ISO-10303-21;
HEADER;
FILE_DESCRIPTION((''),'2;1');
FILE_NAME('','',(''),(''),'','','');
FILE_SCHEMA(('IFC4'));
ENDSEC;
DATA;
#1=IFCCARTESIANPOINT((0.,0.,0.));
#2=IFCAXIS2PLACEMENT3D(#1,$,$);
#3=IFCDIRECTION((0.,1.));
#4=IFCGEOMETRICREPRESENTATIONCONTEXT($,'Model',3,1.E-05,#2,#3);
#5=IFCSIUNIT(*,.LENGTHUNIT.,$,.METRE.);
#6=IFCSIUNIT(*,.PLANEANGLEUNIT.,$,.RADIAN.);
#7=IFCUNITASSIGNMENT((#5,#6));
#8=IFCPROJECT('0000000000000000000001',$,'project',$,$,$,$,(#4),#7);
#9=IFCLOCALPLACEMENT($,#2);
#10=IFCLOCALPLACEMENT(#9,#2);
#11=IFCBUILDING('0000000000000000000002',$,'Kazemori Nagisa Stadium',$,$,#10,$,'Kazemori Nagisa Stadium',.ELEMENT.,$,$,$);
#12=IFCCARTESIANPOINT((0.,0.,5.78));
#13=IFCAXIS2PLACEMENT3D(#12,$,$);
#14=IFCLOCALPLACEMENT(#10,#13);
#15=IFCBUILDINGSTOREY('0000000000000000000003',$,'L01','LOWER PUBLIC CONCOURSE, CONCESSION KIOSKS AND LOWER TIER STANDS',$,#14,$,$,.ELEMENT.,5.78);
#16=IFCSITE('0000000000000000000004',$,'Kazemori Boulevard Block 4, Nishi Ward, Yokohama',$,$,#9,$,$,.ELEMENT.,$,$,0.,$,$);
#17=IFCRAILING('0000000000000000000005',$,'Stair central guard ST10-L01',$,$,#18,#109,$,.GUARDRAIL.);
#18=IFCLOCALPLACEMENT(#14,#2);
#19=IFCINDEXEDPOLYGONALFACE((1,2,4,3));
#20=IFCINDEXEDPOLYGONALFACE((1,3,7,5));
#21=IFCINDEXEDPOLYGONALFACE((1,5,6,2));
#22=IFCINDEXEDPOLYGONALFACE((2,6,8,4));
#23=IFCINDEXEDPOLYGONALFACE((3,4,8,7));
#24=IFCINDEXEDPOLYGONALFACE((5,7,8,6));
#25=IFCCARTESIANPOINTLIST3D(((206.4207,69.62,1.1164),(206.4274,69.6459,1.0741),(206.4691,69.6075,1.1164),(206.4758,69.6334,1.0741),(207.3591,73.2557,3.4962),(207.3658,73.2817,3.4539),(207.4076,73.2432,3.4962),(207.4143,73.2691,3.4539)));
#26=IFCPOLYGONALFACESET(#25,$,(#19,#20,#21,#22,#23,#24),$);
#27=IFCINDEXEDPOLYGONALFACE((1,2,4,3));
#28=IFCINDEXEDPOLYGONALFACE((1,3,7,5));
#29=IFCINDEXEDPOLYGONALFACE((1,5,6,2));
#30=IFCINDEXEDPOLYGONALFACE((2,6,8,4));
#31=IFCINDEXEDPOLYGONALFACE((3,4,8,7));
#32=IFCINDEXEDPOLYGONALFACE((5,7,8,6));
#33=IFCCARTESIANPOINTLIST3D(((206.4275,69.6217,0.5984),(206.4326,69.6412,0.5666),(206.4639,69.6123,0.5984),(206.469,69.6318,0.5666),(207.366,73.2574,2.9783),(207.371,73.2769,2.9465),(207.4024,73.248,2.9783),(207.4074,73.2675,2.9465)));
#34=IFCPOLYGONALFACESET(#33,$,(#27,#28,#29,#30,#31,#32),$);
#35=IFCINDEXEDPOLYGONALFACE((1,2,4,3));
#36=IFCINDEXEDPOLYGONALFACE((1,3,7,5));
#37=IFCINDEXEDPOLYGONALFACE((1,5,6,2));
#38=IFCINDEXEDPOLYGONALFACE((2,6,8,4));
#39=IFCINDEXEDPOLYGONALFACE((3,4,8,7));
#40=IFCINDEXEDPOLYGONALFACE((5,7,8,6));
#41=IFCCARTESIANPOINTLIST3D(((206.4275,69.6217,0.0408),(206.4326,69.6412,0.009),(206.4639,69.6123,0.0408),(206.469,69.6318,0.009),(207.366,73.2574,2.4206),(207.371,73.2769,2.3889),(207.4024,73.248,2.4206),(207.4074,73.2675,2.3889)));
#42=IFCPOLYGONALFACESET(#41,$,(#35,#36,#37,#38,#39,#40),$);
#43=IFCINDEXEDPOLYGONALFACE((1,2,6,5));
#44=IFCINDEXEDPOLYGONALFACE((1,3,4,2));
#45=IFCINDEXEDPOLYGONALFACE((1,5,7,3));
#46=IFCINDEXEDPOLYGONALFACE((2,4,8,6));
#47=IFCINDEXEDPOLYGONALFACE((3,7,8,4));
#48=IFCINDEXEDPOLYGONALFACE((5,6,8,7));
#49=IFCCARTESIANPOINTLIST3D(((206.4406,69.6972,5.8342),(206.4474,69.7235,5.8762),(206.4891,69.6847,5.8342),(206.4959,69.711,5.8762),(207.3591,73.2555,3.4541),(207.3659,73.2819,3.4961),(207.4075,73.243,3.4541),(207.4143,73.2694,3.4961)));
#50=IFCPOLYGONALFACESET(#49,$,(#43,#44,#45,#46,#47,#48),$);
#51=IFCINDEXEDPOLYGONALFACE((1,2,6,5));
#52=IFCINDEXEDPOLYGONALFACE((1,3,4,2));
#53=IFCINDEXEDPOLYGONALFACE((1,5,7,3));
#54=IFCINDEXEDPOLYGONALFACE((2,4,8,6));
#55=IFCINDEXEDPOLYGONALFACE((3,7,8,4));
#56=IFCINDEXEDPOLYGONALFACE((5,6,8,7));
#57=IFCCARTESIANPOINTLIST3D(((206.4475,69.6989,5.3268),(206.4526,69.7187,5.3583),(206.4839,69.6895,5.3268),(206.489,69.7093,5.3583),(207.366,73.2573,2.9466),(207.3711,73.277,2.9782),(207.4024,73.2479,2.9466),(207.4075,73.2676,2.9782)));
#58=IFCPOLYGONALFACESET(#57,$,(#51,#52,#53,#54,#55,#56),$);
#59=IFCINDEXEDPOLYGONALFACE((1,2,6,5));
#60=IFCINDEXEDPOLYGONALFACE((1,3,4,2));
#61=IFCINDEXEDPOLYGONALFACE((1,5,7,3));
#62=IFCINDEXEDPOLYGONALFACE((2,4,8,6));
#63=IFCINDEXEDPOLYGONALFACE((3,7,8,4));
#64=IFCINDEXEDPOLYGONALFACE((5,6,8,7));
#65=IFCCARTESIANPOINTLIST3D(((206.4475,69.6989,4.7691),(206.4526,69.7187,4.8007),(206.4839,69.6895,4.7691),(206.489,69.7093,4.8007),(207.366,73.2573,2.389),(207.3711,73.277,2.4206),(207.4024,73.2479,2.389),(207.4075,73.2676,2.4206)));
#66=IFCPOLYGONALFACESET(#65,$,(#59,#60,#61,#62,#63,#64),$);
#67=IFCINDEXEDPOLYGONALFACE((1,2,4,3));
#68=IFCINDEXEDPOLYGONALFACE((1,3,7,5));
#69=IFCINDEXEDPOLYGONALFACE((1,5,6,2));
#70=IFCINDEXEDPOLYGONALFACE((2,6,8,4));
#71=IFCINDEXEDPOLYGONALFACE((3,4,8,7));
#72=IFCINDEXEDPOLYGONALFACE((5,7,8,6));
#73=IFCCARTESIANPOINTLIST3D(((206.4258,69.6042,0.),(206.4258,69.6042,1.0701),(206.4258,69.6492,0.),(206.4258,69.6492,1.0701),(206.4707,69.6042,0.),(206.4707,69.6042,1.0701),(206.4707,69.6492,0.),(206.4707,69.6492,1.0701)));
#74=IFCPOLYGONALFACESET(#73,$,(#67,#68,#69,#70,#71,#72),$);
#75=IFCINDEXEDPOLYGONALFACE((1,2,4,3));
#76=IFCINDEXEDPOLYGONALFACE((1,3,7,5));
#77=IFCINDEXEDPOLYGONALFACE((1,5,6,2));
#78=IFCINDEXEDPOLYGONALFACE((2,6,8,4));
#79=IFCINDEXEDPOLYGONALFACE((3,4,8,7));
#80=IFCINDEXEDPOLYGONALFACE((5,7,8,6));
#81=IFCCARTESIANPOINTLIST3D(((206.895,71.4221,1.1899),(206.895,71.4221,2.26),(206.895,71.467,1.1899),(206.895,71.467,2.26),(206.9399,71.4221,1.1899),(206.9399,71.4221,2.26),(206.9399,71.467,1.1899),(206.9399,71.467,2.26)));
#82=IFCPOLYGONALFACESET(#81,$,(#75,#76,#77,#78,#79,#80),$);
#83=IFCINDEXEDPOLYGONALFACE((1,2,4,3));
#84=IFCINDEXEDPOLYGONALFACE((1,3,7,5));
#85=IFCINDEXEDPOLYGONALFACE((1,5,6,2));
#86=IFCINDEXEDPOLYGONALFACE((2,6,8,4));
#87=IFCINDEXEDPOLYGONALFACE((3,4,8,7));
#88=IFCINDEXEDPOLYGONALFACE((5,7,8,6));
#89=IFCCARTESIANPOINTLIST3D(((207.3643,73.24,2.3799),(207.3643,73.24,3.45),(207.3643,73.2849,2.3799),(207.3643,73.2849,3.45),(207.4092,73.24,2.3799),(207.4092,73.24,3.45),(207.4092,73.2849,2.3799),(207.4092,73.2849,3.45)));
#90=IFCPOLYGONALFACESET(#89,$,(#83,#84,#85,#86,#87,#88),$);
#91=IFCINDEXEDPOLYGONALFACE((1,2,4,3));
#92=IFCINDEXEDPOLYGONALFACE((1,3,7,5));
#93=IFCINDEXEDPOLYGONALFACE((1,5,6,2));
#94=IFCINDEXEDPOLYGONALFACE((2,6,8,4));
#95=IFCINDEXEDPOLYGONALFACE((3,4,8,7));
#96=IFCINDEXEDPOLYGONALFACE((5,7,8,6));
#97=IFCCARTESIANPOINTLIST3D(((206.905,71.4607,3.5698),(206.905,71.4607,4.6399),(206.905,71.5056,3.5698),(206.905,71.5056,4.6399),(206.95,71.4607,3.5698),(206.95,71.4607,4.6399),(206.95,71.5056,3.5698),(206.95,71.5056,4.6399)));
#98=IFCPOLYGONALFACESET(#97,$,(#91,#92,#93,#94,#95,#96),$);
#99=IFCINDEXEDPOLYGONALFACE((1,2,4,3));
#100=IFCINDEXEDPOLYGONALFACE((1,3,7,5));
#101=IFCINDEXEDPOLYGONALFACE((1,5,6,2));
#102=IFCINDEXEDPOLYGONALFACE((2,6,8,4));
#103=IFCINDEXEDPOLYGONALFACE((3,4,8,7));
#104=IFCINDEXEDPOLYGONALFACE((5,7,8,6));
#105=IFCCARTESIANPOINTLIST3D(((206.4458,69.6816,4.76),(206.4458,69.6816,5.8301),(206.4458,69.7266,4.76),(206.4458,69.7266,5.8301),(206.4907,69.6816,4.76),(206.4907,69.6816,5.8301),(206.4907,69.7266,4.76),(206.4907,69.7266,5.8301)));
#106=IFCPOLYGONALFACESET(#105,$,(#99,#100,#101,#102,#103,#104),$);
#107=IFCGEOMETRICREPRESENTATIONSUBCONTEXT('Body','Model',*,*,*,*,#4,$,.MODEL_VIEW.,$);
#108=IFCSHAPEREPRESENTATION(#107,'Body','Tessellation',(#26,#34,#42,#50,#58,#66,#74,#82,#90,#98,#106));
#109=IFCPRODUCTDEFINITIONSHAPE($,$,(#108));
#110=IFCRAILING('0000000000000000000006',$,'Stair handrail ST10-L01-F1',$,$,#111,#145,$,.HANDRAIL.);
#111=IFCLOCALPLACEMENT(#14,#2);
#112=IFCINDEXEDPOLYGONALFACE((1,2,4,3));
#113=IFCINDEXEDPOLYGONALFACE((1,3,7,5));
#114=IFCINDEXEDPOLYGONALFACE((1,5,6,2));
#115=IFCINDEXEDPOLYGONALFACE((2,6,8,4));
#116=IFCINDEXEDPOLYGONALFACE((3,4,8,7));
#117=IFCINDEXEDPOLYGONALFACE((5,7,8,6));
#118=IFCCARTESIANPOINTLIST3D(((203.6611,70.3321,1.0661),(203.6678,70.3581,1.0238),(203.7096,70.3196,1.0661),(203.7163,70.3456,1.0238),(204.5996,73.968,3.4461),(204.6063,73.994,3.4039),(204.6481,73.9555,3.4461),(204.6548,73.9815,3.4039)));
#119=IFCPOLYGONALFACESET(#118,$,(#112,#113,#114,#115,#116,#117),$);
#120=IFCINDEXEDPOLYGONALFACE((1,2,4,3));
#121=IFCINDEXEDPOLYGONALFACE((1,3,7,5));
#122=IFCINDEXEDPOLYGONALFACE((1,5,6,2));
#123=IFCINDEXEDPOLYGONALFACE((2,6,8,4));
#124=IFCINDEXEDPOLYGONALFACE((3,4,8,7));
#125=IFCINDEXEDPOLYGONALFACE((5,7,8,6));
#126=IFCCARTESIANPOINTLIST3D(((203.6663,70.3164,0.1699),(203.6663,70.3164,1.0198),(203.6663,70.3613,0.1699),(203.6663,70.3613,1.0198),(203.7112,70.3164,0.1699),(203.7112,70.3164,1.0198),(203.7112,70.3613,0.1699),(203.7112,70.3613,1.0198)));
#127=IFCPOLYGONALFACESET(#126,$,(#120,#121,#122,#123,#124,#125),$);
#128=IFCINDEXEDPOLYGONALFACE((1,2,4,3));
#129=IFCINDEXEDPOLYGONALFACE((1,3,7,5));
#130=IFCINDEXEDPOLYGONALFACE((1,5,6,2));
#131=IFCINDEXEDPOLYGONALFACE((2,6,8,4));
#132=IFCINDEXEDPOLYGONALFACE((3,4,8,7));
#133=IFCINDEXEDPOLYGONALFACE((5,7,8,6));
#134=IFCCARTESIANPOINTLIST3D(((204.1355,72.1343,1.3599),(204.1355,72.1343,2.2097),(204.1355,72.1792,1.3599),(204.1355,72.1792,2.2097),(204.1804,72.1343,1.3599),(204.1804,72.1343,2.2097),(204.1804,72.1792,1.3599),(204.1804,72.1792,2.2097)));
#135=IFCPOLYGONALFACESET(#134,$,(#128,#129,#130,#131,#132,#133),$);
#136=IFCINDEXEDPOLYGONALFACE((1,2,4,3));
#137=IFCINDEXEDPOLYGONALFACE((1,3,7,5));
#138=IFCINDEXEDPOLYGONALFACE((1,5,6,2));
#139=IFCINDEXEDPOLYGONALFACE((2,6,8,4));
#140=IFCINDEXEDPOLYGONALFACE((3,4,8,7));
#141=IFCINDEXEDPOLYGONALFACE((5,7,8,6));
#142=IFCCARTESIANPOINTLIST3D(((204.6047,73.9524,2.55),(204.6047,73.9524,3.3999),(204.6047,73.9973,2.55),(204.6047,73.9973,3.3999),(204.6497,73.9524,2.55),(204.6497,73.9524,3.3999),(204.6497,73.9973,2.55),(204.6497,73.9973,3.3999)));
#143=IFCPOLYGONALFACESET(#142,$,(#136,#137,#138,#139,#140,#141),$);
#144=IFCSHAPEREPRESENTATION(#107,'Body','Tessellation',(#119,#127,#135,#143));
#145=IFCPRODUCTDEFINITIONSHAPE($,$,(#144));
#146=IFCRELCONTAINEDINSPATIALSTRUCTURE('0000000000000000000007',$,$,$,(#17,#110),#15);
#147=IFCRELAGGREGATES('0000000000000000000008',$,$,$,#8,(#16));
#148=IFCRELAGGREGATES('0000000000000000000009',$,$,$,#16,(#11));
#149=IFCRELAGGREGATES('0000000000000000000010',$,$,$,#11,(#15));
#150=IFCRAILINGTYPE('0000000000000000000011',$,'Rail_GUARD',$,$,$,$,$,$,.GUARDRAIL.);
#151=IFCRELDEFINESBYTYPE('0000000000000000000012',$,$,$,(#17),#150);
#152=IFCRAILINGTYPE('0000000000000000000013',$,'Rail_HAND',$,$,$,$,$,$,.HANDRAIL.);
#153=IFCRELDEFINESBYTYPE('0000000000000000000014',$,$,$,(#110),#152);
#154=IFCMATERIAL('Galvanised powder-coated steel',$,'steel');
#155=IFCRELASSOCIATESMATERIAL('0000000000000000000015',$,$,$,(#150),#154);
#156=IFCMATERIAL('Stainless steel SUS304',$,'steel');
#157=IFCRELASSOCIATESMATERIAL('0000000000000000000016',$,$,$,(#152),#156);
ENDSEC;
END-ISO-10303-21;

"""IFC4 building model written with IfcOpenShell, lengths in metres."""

from ifc_helpers import new_model, si_unit, direction, frame, origin, origin_2d, place, context, subcontext, project, spatial, rectangle, extrude, material, type_object, element, save


model = new_model("IFC4")

# Units and contexts
model_context = context("Model", 3, precision=1e-05, world=origin(), true_north=direction((0.0, 1.0)))
body_context = subcontext(model_context, "Body", "Model", "MODEL_VIEW")
ifc_project = project(units=[si_unit("LENGTHUNIT", "METRE"), si_unit("PLANEANGLEUNIT", "RADIAN")], contexts=[model_context])

# Site, building, storey
site_placement = place(None, origin())
site = spatial("IfcSite", under=ifc_project, at=site_placement, Name="Kazemori Boulevard Block 4, Nishi Ward, Yokohama", CompositionType="ELEMENT", RefElevation=0.0)
building_placement = place(site_placement, origin())
building = spatial("IfcBuilding", under=site, at=building_placement, Name="Kazemori Nagisa Stadium", LongName="Kazemori Nagisa Stadium", CompositionType="ELEMENT")
storey_placement = place(building_placement, frame((0.0, 0.0, 5.78)))
storey = spatial("IfcBuildingStorey", under=building, at=storey_placement, Name="L01", Description="LOWER PUBLIC CONCOURSE, CONCESSION KIOSKS AND LOWER TIER STANDS", CompositionType="ELEMENT", Elevation=5.78)

# Railings
ifc_material_1 = material(Name="Galvanised powder-coated steel", Category="steel")
railing_type_1 = type_object("IfcRailingType", Name="Rail_GUARD", PredefinedType="GUARDRAIL", material=ifc_material_1)
railing_1_placement = place(storey_placement, frame((206.4482, 69.6267, 0.0)))
element("IfcRailing", 1, at=railing_1_placement, inside=storey, type_object=railing_type_1, Name="Stair central guard ST10-L01", PredefinedType="GUARDRAIL", context=body_context, shape_type="SweptSolid", body=[
    extrude(rectangle(XDim=0.05, YDim=0.05, at=origin_2d()), frame((0.0, 0.0, 1.0952), z_axis=(0.211103, 0.817833, 0.535337), x_axis=(-0.968263, 0.249933, 0.0)), (0.0, 0.0, 1.0), 4.4456),
    extrude(rectangle(XDim=0.0376, YDim=0.0376, at=origin_2d()), frame((0.0, 0.0, 0.5825), z_axis=(0.211103, 0.817833, 0.535337), x_axis=(-0.968263, 0.249933, 0.0)), (0.0, 0.0, 1.0), 4.4456),
    extrude(rectangle(XDim=0.0376, YDim=0.0376, at=origin_2d()), frame((0.0, 0.0, 0.0249), z_axis=(0.211103, 0.817833, 0.535337), x_axis=(-0.968263, 0.249933, 0.0)), (0.0, 0.0, 1.0), 4.4456),
    extrude(rectangle(XDim=0.05, YDim=0.05, at=origin_2d()), frame((0.9385, 3.6357, 3.4751), z_axis=(-0.20977, -0.812705, 0.543606), x_axis=(0.968266, -0.249922, 0.0)), (0.0, 0.0, 1.0), 4.3784),
    extrude(rectangle(XDim=0.0376, YDim=0.0376, at=origin_2d()), frame((0.9385, 3.6357, 2.9624), z_axis=(-0.20977, -0.812705, 0.543606), x_axis=(0.968266, -0.249922, 0.0)), (0.0, 0.0, 1.0), 4.3784),
    extrude(rectangle(XDim=0.0376, YDim=0.0376, at=origin_2d()), frame((0.9385, 3.6357, 2.4048), z_axis=(-0.20977, -0.812705, 0.543606), x_axis=(0.968266, -0.249922, 0.0)), (0.0, 0.0, 1.0), 4.3784),
    extrude(rectangle(XDim=0.0449, YDim=0.0449, at=origin_2d()), origin(), (0.0, 0.0, 1.0), 1.0701),
    extrude(rectangle(XDim=0.0449, YDim=0.0449, at=origin_2d()), frame((0.4692, 1.8179, 1.1899)), (0.0, 0.0, 1.0), 1.0701),
    extrude(rectangle(XDim=0.0449, YDim=0.0449, at=origin_2d()), frame((0.9385, 3.6357, 2.3799)), (0.0, 0.0, 1.0), 1.0701),
    extrude(rectangle(XDim=0.0449, YDim=0.0449, at=origin_2d()), frame((0.4792, 1.8564, 3.5698)), (0.0, 0.0, 1.0), 1.0701),
    extrude(rectangle(XDim=0.0449, YDim=0.0449, at=origin_2d()), frame((0.02, 0.0774, 4.76)), (0.0, 0.0, 1.0), 1.0701),
])
ifc_material_2 = material(Name="Stainless steel SUS304", Category="steel")
railing_type_2 = type_object("IfcRailingType", Name="Rail_HAND", PredefinedType="HANDRAIL", material=ifc_material_2)
railing_2_placement = place(storey_placement, frame((203.6887, 70.3389, 0.1699)))
element("IfcRailing", 2, at=railing_2_placement, inside=storey, type_object=railing_type_2, Name="Stair handrail ST10-L01-F1", PredefinedType="HANDRAIL", context=body_context, shape_type="SweptSolid", body=[
    extrude(rectangle(XDim=0.05, YDim=0.05, at=origin_2d()), frame((0.0, 0.0, 0.875), z_axis=(0.211087, 0.817827, 0.535352), x_axis=(-0.968267, 0.249917, 0.0)), (0.0, 0.0, 1.0), 4.4458),
    extrude(rectangle(XDim=0.0449, YDim=0.0449, at=origin_2d()), origin(), (0.0, 0.0, 1.0), 0.8499),
    extrude(rectangle(XDim=0.0449, YDim=0.0449, at=origin_2d()), frame((0.4692, 1.8179, 1.1899)), (0.0, 0.0, 1.0), 0.8499),
    extrude(rectangle(XDim=0.0449, YDim=0.0449, at=origin_2d()), frame((0.9385, 3.636, 2.3801)), (0.0, 0.0, 1.0), 0.8499),
])

save(model, "model.ifc")
